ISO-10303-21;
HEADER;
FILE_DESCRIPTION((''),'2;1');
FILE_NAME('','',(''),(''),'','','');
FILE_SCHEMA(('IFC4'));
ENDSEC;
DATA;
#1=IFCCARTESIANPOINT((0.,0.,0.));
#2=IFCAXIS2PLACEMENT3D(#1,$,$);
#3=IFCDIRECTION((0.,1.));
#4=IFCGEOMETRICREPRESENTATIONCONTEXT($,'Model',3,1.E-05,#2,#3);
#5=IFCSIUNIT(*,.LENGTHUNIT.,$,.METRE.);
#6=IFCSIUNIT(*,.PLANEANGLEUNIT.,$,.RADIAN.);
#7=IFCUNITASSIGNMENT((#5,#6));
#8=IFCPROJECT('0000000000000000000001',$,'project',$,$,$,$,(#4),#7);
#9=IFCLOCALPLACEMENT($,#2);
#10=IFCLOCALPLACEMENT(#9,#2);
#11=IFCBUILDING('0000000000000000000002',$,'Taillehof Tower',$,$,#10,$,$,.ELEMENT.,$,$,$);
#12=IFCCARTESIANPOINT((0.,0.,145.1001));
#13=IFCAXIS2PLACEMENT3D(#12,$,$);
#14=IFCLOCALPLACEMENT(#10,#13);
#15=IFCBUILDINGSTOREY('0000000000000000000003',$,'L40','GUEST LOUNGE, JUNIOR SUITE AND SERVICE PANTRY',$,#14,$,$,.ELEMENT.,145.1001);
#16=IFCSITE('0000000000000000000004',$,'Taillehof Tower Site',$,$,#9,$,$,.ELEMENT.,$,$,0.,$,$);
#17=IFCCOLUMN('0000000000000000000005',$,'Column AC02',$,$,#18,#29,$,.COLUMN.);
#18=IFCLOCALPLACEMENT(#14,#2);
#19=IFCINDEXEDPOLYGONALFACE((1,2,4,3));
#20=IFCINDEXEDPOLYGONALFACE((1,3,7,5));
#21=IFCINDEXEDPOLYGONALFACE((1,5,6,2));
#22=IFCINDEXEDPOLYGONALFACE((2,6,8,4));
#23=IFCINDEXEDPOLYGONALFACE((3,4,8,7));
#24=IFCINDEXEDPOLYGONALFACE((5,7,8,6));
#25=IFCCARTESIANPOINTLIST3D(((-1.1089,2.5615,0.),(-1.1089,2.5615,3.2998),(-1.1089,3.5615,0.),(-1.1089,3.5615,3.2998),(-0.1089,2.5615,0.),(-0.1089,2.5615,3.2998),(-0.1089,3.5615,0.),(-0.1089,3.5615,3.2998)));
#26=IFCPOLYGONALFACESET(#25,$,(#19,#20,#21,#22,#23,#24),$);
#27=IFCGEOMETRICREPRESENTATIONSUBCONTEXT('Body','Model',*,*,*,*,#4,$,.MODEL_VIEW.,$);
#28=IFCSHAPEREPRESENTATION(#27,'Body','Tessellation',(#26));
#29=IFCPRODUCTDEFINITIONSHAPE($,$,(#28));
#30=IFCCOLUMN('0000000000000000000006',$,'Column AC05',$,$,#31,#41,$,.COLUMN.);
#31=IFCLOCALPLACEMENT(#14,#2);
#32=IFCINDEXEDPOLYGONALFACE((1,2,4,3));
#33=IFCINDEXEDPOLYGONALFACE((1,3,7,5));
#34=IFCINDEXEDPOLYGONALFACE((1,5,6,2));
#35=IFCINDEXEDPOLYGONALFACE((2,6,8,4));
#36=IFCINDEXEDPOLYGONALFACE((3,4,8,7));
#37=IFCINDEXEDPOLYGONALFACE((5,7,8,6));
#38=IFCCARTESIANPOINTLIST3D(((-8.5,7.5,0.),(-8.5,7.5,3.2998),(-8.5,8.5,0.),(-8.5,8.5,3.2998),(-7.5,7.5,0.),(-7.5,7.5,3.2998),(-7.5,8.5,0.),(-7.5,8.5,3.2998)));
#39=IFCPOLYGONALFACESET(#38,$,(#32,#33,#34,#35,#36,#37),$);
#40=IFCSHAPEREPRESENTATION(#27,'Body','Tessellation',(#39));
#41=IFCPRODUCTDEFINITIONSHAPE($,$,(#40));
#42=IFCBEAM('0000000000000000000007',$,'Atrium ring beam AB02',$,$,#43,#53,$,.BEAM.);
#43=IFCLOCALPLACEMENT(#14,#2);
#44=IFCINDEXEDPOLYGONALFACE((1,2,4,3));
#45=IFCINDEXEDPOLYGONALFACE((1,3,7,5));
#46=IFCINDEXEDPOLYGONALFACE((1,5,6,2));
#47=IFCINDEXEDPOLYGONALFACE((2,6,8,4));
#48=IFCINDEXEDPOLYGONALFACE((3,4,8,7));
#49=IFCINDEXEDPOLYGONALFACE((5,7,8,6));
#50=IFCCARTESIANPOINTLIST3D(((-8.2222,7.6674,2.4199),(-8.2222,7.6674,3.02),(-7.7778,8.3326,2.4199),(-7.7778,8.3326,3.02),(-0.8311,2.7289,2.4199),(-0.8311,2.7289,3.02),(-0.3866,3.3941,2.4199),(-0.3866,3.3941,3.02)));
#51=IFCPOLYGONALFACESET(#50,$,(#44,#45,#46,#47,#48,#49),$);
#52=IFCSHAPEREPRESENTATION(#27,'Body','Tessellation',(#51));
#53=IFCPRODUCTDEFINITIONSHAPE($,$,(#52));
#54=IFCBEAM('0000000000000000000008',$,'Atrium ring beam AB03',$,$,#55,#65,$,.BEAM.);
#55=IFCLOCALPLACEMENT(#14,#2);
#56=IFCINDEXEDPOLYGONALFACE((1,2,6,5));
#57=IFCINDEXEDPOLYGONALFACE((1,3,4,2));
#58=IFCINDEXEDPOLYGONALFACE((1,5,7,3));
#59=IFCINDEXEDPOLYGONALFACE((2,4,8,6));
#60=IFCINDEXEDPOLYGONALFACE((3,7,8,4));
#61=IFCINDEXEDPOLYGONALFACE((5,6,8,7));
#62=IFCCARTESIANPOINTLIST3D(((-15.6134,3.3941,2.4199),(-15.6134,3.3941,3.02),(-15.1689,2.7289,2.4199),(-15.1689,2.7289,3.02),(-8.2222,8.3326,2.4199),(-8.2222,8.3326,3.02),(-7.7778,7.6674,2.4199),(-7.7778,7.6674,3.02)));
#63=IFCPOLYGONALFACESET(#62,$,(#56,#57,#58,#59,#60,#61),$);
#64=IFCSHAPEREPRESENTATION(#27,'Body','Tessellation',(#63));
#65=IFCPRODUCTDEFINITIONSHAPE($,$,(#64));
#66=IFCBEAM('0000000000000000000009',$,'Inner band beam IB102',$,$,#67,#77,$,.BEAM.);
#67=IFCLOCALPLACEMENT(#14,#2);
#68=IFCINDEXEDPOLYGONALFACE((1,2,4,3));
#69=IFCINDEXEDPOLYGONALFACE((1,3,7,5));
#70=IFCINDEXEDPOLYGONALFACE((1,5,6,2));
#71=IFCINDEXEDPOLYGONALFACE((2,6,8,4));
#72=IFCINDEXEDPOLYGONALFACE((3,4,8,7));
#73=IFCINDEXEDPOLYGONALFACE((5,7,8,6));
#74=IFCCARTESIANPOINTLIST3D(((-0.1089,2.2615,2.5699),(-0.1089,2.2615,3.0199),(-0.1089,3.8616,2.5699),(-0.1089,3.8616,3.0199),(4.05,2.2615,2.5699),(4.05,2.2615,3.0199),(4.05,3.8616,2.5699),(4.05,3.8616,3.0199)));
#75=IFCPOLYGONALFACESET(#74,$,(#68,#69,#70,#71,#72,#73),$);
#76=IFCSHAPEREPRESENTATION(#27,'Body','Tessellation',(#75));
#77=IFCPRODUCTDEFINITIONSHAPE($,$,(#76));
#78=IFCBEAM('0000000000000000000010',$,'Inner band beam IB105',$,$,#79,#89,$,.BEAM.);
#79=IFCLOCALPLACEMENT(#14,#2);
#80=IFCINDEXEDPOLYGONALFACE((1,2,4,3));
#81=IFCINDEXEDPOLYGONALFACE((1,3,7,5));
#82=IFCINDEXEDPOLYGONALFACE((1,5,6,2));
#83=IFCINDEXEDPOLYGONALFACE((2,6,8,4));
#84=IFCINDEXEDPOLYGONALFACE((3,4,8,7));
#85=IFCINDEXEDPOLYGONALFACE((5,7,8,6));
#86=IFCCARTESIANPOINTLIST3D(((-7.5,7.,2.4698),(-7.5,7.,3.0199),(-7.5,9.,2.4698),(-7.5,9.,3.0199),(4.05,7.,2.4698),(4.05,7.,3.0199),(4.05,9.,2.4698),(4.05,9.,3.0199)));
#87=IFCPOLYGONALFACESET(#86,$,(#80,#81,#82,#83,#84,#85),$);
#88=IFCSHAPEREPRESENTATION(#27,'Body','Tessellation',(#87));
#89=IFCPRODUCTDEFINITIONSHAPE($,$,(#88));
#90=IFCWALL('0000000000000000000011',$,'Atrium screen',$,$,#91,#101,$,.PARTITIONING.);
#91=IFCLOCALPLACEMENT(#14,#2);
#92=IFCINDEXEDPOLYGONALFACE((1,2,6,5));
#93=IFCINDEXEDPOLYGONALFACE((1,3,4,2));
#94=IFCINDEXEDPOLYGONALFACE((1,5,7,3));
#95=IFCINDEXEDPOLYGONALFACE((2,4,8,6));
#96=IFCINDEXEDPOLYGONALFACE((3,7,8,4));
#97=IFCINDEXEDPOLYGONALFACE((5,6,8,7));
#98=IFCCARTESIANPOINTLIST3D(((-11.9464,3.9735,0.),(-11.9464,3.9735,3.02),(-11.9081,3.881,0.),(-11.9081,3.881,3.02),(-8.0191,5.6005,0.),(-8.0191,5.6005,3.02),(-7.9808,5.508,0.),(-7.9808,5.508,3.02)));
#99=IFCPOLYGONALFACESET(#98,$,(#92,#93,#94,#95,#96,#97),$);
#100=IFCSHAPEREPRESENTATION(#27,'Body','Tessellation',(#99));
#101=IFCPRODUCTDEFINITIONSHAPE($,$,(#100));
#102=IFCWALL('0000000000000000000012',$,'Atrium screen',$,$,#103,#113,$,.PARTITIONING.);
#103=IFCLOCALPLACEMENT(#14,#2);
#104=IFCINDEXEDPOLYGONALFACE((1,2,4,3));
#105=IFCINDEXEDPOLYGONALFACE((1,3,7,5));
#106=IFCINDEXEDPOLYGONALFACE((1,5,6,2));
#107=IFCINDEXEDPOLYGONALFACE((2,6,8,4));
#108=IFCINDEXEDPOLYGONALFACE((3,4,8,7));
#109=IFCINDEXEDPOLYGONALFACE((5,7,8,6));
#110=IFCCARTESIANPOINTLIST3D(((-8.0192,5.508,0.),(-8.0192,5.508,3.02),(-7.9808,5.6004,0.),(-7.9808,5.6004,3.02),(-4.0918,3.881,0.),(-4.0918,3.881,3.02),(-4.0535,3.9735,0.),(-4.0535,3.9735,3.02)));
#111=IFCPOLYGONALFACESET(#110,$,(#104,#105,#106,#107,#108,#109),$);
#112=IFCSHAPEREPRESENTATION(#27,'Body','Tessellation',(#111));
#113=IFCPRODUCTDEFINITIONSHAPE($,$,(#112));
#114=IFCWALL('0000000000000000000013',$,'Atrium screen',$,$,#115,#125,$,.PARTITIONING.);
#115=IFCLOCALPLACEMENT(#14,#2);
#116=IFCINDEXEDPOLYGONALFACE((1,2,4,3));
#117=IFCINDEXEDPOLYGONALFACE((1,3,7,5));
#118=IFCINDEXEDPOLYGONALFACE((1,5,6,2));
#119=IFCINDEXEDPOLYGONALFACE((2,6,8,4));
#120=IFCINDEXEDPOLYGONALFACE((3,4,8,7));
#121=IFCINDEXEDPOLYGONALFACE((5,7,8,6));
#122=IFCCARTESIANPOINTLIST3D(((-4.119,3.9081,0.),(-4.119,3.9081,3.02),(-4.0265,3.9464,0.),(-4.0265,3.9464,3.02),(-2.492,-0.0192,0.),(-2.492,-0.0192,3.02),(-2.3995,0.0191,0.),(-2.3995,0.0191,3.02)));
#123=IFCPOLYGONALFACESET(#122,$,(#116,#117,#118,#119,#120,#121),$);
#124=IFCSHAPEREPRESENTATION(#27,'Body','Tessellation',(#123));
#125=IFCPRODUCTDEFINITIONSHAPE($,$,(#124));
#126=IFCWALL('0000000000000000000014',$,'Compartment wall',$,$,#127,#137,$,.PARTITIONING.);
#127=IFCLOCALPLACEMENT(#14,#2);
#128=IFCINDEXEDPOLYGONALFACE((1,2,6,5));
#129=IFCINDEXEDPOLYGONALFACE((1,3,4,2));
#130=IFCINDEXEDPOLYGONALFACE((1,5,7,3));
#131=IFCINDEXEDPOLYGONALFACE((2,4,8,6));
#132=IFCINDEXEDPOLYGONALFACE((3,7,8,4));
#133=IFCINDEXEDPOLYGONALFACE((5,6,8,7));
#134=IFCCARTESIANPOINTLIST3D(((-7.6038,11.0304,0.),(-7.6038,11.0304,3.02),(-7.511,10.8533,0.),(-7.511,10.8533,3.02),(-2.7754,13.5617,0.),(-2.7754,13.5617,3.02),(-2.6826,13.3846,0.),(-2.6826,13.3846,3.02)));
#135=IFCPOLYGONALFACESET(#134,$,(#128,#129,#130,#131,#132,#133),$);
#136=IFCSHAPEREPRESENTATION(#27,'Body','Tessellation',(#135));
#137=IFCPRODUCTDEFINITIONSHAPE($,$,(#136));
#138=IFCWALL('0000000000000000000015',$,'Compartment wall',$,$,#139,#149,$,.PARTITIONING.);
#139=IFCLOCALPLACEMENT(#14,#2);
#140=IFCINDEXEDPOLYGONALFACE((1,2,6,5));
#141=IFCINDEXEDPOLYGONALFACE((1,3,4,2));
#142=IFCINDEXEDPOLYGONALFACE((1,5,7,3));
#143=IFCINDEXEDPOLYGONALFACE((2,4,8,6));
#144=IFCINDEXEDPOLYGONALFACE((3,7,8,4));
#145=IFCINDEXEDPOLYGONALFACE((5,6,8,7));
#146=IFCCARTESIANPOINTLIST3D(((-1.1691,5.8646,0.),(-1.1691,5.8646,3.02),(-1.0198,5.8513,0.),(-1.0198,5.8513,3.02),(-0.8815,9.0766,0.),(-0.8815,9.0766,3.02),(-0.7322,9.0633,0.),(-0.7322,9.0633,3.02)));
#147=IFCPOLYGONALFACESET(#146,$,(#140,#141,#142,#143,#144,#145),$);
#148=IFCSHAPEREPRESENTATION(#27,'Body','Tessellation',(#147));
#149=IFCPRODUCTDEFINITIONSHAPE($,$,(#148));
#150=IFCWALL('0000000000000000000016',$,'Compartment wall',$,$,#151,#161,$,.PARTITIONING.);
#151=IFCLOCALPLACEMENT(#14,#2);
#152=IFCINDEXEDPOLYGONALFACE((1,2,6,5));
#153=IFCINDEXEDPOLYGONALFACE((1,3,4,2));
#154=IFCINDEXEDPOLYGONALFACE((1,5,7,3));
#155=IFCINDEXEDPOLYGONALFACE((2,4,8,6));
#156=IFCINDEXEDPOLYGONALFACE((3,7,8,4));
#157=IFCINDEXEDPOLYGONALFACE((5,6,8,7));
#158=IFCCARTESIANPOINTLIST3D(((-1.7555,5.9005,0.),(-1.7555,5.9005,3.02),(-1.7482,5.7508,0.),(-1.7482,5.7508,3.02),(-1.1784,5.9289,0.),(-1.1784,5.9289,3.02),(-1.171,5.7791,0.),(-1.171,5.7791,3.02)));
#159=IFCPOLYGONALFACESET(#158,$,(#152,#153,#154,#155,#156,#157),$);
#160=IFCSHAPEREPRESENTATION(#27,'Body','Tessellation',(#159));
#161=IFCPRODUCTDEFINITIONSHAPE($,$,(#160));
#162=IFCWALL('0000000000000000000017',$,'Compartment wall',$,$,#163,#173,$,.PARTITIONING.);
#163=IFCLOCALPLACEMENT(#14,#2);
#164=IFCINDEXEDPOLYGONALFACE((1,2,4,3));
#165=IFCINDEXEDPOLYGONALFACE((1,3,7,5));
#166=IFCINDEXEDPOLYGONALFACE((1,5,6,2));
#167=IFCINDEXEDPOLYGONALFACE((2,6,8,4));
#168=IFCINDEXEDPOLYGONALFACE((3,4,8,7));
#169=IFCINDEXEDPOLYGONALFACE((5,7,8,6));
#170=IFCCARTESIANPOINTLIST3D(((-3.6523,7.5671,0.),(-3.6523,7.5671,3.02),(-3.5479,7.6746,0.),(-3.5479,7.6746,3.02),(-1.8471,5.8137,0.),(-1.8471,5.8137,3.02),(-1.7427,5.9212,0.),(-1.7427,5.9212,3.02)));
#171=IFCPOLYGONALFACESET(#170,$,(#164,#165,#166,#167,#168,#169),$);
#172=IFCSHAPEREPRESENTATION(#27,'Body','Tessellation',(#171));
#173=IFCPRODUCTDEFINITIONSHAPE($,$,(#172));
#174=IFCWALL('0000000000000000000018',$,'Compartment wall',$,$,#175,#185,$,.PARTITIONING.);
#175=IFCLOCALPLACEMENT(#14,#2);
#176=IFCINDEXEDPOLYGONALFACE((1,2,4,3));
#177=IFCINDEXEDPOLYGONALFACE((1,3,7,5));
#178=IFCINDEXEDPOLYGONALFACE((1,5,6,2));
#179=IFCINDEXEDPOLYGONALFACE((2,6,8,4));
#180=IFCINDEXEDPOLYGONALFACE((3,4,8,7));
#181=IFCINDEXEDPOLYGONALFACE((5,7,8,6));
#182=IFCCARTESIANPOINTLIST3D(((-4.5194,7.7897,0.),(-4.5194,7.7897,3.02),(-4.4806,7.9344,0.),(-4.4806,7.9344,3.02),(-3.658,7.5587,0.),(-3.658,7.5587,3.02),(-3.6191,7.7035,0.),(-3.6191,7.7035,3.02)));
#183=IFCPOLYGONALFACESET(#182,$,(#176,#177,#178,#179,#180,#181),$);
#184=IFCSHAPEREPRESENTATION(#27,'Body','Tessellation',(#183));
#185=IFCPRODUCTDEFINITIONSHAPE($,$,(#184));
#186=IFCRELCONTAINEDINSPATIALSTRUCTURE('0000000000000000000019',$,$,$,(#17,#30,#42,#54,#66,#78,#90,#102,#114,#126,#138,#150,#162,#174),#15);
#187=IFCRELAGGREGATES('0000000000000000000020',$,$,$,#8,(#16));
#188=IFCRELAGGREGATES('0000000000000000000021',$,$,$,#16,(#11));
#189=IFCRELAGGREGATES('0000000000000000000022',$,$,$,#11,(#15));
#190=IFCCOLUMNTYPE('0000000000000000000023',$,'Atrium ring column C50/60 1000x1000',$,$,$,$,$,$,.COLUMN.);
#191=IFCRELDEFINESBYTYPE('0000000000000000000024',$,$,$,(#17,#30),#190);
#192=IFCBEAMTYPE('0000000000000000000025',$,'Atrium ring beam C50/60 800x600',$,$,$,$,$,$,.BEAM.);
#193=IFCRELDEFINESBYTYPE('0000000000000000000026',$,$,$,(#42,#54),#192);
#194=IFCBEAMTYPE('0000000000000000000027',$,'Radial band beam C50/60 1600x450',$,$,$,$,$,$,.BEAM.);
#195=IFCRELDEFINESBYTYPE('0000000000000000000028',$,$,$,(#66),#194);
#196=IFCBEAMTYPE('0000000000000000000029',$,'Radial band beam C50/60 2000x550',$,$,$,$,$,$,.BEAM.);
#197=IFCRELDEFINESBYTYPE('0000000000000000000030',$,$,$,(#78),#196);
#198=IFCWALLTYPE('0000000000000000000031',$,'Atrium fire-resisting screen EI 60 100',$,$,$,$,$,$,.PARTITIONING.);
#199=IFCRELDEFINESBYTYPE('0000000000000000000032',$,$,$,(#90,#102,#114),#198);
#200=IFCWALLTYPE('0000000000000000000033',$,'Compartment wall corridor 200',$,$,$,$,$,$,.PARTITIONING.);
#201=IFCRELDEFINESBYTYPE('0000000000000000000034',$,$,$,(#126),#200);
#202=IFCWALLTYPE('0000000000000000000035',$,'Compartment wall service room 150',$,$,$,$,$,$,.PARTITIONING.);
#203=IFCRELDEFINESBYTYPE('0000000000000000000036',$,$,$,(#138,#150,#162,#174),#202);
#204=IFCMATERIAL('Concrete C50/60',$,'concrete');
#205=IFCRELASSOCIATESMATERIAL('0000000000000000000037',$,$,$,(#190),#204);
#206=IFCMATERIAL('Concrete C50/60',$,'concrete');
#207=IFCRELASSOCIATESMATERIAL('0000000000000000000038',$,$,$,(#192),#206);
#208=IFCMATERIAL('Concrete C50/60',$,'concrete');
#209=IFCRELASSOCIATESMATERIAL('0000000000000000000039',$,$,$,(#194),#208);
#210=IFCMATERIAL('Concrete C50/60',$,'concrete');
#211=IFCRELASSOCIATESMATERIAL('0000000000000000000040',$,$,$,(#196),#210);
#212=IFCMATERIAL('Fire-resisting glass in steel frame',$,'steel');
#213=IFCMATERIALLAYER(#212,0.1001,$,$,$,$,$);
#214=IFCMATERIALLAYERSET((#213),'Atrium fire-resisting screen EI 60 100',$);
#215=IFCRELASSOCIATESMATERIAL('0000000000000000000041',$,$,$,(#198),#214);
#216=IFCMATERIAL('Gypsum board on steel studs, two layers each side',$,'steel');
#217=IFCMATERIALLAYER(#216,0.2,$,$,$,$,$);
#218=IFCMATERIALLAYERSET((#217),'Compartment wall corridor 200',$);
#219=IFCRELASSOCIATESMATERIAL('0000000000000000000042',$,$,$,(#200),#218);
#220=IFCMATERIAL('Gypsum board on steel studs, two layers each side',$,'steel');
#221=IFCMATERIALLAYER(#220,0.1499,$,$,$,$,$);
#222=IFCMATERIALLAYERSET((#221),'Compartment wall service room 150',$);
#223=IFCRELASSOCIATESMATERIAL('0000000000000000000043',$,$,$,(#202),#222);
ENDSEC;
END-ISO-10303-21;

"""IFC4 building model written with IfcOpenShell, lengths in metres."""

from ifc_helpers import new_model, si_unit, direction, frame, frame_2d, origin, origin_2d, place, context, subcontext, project, spatial, rectangle, extrude, material, layer, layer_set, material_profile, profile_set, type_object, element, save


model = new_model("IFC4")

# Units and contexts
model_context = context("Model", 3, precision=1e-05, world=origin(), true_north=direction((0.0, 1.0)))
body_context = subcontext(model_context, "Body", "Model", "MODEL_VIEW")
ifc_project = project(units=[si_unit("LENGTHUNIT", "METRE"), si_unit("PLANEANGLEUNIT", "RADIAN")], contexts=[model_context])

# Site, building, storey
site_placement = place(None, origin())
site = spatial("IfcSite", under=ifc_project, at=site_placement, Name="Taillehof Tower Site", CompositionType="ELEMENT", RefElevation=0.0)
building_placement = place(site_placement, origin())
building = spatial("IfcBuilding", under=site, at=building_placement, Name="Taillehof Tower", CompositionType="ELEMENT")
storey_placement = place(building_placement, frame((0.0, 0.0, 145.1001)))
storey = spatial("IfcBuildingStorey", under=building, at=storey_placement, Name="L40", Description="GUEST LOUNGE, JUNIOR SUITE AND SERVICE PANTRY", CompositionType="ELEMENT", Elevation=145.1001)

# Columns
ifc_material_1 = material(Name="Concrete C50/60", Category="concrete")
ifc_material_profile_1 = material_profile(ifc_material_1, rectangle(XDim=1.0, YDim=1.0, at=origin_2d()), Name="RC 1000x1000")
ifc_profile_set_1 = profile_set([ifc_material_profile_1], Name="Concrete C50/60")
column_type = type_object("IfcColumnType", Name="Atrium ring column C50/60 1000x1000", PredefinedType="COLUMN", material=ifc_profile_set_1)
for number, where, z_axis, x_axis, name in (
    (1, (-0.6089, 3.0615, 0.0), (0.0, 0.0, 1.0), (1.0, 0.0, 0.0), "Column AC02"),
    (2, (-8.0, 8.0, 0.0), (0.0, 0.0, 1.0), (1.0, 0.0, 0.0), "Column AC05"),
):
    element("IfcColumn", number, at=place(storey_placement, frame(where, z_axis=z_axis, x_axis=x_axis)), inside=storey, type_object=column_type, Name=name, PredefinedType="COLUMN", context=body_context, shape_type="SweptSolid", body=[
        extrude(rectangle(XDim=1.0, YDim=1.0, at=origin_2d()), origin(), (0.0, 0.0, 1.0), 3.2998),
    ])

# Beams
ifc_material_2 = material(Name="Concrete C50/60", Category="concrete")
ifc_material_profile_2 = material_profile(ifc_material_2, rectangle(XDim=0.8, YDim=0.6001, at=origin_2d()), Name="RC 800x600")
ifc_profile_set_2 = profile_set([ifc_material_profile_2], Name="Concrete C50/60")
beam_type_1 = type_object("IfcBeamType", Name="Atrium ring beam C50/60 800x600", PredefinedType="BEAM", material=ifc_profile_set_2)
for number, where, z_axis, x_axis, name in (
    (3, (-0.6089, 3.0615, 2.72), (-0.831475, 0.555562, 0.0), (-0.555562, -0.831475, 0.0), "Atrium ring beam AB02"),
    (4, (-8.0, 8.0, 2.72), (-0.831475, -0.555562, 0.0), (0.555562, -0.831475, 0.0), "Atrium ring beam AB03"),
):
    element("IfcBeam", number, at=place(storey_placement, frame(where, z_axis=z_axis, x_axis=x_axis)), inside=storey, type_object=beam_type_1, Name=name, PredefinedType="BEAM", context=body_context, shape_type="SweptSolid", body=[
        extrude(rectangle(XDim=0.8, YDim=0.6001, at=origin_2d()), origin(), (0.0, 0.0, 1.0), 8.8892),
    ])
ifc_material_3 = material(Name="Concrete C50/60", Category="concrete")
ifc_material_profile_3 = material_profile(ifc_material_3, rectangle(XDim=1.6001, YDim=0.45, at=origin_2d()), Name="RC 1600x450")
ifc_profile_set_3 = profile_set([ifc_material_profile_3], Name="Concrete C50/60")
beam_type_2 = type_object("IfcBeamType", Name="Radial band beam C50/60 1600x450", PredefinedType="BEAM", material=ifc_profile_set_3)
beam_1_placement = place(storey_placement, frame((-0.1089, 3.0615, 2.7949), z_axis=(1.0, 0.0, 0.0), x_axis=(0.0, 1.0, 0.0)))
element("IfcBeam", 5, at=beam_1_placement, inside=storey, type_object=beam_type_2, Name="Inner band beam IB102", PredefinedType="BEAM", context=body_context, shape_type="SweptSolid", body=[
    extrude(rectangle(XDim=1.6001, YDim=0.45, at=origin_2d()), origin(), (0.0, 0.0, 1.0), 4.1589),
])
ifc_material_4 = material(Name="Concrete C50/60", Category="concrete")
ifc_material_profile_4 = material_profile(ifc_material_4, rectangle(XDim=2.0, YDim=0.55, at=origin_2d()), Name="RC 2000x550")
ifc_profile_set_4 = profile_set([ifc_material_profile_4], Name="Concrete C50/60")
beam_type_3 = type_object("IfcBeamType", Name="Radial band beam C50/60 2000x550", PredefinedType="BEAM", material=ifc_profile_set_4)
beam_2_placement = place(storey_placement, frame((-7.5, 8.0, 2.7449), z_axis=(1.0, 0.0, 0.0), x_axis=(0.0, 1.0, 0.0)))
element("IfcBeam", 6, at=beam_2_placement, inside=storey, type_object=beam_type_3, Name="Inner band beam IB105", PredefinedType="BEAM", context=body_context, shape_type="SweptSolid", body=[
    extrude(rectangle(XDim=2.0, YDim=0.55, at=origin_2d()), origin(), (0.0, 0.0, 1.0), 11.55),
])

# Walls
ifc_material_5 = material(Name="Fire-resisting glass in steel frame", Category="steel")
ifc_layer_1 = layer(ifc_material_5, 0.1001)
ifc_layer_set_1 = layer_set([ifc_layer_1], Name="Atrium fire-resisting screen EI 60 100")
wall_type_1 = type_object("IfcWallType", Name="Atrium fire-resisting screen EI 60 100", PredefinedType="PARTITIONING", material=ifc_layer_set_1)
for number, where, z_axis, x_axis, name in (
    (7, (-11.9272, 3.9272, 0.0), (0.0, 0.0, 1.0), (0.92386, 0.382731, 0.0), "Atrium screen"),
    (8, (-8.0, 5.5542, 0.0), (0.0, 0.0, 1.0), (0.92386, -0.382731, 0.0), "Atrium screen"),
    (9, (-4.0728, 3.9272, 0.0), (0.0, 0.0, 1.0), (0.382731, -0.92386, 0.0), "Atrium screen"),
):
    element("IfcWall", number, at=place(storey_placement, frame(where, z_axis=z_axis, x_axis=x_axis)), inside=storey, type_object=wall_type_1, Name=name, PredefinedType="PARTITIONING", context=body_context, shape_type="SweptSolid", body=[
        extrude(rectangle(XDim=4.251, YDim=0.1001, at=frame_2d((2.1255, 0.0))), origin(), (0.0, 0.0, 1.0), 3.02),
    ])
ifc_material_6 = material(Name="Gypsum board on steel studs, two layers each side", Category="steel")
ifc_layer_2 = layer(ifc_material_6, 0.2)
ifc_layer_set_2 = layer_set([ifc_layer_2], Name="Compartment wall corridor 200")
wall_type_2 = type_object("IfcWallType", Name="Compartment wall corridor 200", PredefinedType="PARTITIONING", material=ifc_layer_set_2)
wall_1_placement = place(storey_placement, frame((-7.5574, 10.9419, 0.0), z_axis=(0.0, 0.0, 1.0), x_axis=(0.885673, 0.46431, 0.0)))
element("IfcWall", 10, at=wall_1_placement, inside=storey, type_object=wall_type_2, Name="Compartment wall", PredefinedType="PARTITIONING", context=body_context, shape_type="SweptSolid", body=[
    extrude(rectangle(XDim=5.4517, YDim=0.2, at=frame_2d((2.7258, 0.0))), origin(), (0.0, 0.0, 1.0), 3.02),
])
ifc_material_7 = material(Name="Gypsum board on steel studs, two layers each side", Category="steel")
ifc_layer_3 = layer(ifc_material_7, 0.1499)
ifc_layer_set_3 = layer_set([ifc_layer_3], Name="Compartment wall service room 150")
wall_type_3 = type_object("IfcWallType", Name="Compartment wall service room 150", PredefinedType="PARTITIONING", material=ifc_layer_set_3)
wall_2_placement = place(storey_placement, frame((-0.8069, 9.0698, 0.0), z_axis=(0.0, 0.0, 1.0), x_axis=(-0.089184, -0.996015, 0.0)))
element("IfcWall", 11, at=wall_2_placement, inside=storey, type_object=wall_type_3, Name="Compartment wall", PredefinedType="PARTITIONING", context=body_context, shape_type="SweptSolid", body=[
    extrude(rectangle(XDim=3.2249, YDim=0.1499, at=frame_2d((1.6123, 0.0))), origin(), (0.0, 0.0, 1.0), 3.02),
])
wall_3_placement = place(storey_placement, frame((-1.1746, 5.854, 0.0), z_axis=(0.0, 0.0, 1.0), x_axis=(-0.998798, -0.04901, 0.0)))
element("IfcWall", 12, at=wall_3_placement, inside=storey, type_object=wall_type_3, Name="Compartment wall", PredefinedType="PARTITIONING", context=body_context, shape_type="SweptSolid", body=[
    extrude(rectangle(XDim=0.5779, YDim=0.1499, at=frame_2d((0.2891, 0.0))), origin(), (0.0, 0.0, 1.0), 3.02),
])
wall_4_placement = place(storey_placement, frame((-1.7949, 5.8674, 0.0), z_axis=(0.0, 0.0, 1.0), x_axis=(-0.717315, 0.696749, 0.0)))
element("IfcWall", 13, at=wall_4_placement, inside=storey, type_object=wall_type_3, Name="Compartment wall", PredefinedType="PARTITIONING", context=body_context, shape_type="SweptSolid", body=[
    extrude(rectangle(XDim=2.5166, YDim=0.1499, at=frame_2d((1.2583, 0.0))), origin(), (0.0, 0.0, 1.0), 3.02),
])
wall_5_placement = place(storey_placement, frame((-3.6387, 7.6311, 0.0), z_axis=(0.0, 0.0, 1.0), x_axis=(-0.96588, 0.258992, 0.0)))
element("IfcWall", 14, at=wall_5_placement, inside=storey, type_object=wall_type_3, Name="Compartment wall", PredefinedType="PARTITIONING", context=body_context, shape_type="SweptSolid", body=[
    extrude(rectangle(XDim=0.8918, YDim=0.1499, at=frame_2d((0.4458, 0.0))), origin(), (0.0, 0.0, 1.0), 3.02),
])

save(model, "model.ifc")
